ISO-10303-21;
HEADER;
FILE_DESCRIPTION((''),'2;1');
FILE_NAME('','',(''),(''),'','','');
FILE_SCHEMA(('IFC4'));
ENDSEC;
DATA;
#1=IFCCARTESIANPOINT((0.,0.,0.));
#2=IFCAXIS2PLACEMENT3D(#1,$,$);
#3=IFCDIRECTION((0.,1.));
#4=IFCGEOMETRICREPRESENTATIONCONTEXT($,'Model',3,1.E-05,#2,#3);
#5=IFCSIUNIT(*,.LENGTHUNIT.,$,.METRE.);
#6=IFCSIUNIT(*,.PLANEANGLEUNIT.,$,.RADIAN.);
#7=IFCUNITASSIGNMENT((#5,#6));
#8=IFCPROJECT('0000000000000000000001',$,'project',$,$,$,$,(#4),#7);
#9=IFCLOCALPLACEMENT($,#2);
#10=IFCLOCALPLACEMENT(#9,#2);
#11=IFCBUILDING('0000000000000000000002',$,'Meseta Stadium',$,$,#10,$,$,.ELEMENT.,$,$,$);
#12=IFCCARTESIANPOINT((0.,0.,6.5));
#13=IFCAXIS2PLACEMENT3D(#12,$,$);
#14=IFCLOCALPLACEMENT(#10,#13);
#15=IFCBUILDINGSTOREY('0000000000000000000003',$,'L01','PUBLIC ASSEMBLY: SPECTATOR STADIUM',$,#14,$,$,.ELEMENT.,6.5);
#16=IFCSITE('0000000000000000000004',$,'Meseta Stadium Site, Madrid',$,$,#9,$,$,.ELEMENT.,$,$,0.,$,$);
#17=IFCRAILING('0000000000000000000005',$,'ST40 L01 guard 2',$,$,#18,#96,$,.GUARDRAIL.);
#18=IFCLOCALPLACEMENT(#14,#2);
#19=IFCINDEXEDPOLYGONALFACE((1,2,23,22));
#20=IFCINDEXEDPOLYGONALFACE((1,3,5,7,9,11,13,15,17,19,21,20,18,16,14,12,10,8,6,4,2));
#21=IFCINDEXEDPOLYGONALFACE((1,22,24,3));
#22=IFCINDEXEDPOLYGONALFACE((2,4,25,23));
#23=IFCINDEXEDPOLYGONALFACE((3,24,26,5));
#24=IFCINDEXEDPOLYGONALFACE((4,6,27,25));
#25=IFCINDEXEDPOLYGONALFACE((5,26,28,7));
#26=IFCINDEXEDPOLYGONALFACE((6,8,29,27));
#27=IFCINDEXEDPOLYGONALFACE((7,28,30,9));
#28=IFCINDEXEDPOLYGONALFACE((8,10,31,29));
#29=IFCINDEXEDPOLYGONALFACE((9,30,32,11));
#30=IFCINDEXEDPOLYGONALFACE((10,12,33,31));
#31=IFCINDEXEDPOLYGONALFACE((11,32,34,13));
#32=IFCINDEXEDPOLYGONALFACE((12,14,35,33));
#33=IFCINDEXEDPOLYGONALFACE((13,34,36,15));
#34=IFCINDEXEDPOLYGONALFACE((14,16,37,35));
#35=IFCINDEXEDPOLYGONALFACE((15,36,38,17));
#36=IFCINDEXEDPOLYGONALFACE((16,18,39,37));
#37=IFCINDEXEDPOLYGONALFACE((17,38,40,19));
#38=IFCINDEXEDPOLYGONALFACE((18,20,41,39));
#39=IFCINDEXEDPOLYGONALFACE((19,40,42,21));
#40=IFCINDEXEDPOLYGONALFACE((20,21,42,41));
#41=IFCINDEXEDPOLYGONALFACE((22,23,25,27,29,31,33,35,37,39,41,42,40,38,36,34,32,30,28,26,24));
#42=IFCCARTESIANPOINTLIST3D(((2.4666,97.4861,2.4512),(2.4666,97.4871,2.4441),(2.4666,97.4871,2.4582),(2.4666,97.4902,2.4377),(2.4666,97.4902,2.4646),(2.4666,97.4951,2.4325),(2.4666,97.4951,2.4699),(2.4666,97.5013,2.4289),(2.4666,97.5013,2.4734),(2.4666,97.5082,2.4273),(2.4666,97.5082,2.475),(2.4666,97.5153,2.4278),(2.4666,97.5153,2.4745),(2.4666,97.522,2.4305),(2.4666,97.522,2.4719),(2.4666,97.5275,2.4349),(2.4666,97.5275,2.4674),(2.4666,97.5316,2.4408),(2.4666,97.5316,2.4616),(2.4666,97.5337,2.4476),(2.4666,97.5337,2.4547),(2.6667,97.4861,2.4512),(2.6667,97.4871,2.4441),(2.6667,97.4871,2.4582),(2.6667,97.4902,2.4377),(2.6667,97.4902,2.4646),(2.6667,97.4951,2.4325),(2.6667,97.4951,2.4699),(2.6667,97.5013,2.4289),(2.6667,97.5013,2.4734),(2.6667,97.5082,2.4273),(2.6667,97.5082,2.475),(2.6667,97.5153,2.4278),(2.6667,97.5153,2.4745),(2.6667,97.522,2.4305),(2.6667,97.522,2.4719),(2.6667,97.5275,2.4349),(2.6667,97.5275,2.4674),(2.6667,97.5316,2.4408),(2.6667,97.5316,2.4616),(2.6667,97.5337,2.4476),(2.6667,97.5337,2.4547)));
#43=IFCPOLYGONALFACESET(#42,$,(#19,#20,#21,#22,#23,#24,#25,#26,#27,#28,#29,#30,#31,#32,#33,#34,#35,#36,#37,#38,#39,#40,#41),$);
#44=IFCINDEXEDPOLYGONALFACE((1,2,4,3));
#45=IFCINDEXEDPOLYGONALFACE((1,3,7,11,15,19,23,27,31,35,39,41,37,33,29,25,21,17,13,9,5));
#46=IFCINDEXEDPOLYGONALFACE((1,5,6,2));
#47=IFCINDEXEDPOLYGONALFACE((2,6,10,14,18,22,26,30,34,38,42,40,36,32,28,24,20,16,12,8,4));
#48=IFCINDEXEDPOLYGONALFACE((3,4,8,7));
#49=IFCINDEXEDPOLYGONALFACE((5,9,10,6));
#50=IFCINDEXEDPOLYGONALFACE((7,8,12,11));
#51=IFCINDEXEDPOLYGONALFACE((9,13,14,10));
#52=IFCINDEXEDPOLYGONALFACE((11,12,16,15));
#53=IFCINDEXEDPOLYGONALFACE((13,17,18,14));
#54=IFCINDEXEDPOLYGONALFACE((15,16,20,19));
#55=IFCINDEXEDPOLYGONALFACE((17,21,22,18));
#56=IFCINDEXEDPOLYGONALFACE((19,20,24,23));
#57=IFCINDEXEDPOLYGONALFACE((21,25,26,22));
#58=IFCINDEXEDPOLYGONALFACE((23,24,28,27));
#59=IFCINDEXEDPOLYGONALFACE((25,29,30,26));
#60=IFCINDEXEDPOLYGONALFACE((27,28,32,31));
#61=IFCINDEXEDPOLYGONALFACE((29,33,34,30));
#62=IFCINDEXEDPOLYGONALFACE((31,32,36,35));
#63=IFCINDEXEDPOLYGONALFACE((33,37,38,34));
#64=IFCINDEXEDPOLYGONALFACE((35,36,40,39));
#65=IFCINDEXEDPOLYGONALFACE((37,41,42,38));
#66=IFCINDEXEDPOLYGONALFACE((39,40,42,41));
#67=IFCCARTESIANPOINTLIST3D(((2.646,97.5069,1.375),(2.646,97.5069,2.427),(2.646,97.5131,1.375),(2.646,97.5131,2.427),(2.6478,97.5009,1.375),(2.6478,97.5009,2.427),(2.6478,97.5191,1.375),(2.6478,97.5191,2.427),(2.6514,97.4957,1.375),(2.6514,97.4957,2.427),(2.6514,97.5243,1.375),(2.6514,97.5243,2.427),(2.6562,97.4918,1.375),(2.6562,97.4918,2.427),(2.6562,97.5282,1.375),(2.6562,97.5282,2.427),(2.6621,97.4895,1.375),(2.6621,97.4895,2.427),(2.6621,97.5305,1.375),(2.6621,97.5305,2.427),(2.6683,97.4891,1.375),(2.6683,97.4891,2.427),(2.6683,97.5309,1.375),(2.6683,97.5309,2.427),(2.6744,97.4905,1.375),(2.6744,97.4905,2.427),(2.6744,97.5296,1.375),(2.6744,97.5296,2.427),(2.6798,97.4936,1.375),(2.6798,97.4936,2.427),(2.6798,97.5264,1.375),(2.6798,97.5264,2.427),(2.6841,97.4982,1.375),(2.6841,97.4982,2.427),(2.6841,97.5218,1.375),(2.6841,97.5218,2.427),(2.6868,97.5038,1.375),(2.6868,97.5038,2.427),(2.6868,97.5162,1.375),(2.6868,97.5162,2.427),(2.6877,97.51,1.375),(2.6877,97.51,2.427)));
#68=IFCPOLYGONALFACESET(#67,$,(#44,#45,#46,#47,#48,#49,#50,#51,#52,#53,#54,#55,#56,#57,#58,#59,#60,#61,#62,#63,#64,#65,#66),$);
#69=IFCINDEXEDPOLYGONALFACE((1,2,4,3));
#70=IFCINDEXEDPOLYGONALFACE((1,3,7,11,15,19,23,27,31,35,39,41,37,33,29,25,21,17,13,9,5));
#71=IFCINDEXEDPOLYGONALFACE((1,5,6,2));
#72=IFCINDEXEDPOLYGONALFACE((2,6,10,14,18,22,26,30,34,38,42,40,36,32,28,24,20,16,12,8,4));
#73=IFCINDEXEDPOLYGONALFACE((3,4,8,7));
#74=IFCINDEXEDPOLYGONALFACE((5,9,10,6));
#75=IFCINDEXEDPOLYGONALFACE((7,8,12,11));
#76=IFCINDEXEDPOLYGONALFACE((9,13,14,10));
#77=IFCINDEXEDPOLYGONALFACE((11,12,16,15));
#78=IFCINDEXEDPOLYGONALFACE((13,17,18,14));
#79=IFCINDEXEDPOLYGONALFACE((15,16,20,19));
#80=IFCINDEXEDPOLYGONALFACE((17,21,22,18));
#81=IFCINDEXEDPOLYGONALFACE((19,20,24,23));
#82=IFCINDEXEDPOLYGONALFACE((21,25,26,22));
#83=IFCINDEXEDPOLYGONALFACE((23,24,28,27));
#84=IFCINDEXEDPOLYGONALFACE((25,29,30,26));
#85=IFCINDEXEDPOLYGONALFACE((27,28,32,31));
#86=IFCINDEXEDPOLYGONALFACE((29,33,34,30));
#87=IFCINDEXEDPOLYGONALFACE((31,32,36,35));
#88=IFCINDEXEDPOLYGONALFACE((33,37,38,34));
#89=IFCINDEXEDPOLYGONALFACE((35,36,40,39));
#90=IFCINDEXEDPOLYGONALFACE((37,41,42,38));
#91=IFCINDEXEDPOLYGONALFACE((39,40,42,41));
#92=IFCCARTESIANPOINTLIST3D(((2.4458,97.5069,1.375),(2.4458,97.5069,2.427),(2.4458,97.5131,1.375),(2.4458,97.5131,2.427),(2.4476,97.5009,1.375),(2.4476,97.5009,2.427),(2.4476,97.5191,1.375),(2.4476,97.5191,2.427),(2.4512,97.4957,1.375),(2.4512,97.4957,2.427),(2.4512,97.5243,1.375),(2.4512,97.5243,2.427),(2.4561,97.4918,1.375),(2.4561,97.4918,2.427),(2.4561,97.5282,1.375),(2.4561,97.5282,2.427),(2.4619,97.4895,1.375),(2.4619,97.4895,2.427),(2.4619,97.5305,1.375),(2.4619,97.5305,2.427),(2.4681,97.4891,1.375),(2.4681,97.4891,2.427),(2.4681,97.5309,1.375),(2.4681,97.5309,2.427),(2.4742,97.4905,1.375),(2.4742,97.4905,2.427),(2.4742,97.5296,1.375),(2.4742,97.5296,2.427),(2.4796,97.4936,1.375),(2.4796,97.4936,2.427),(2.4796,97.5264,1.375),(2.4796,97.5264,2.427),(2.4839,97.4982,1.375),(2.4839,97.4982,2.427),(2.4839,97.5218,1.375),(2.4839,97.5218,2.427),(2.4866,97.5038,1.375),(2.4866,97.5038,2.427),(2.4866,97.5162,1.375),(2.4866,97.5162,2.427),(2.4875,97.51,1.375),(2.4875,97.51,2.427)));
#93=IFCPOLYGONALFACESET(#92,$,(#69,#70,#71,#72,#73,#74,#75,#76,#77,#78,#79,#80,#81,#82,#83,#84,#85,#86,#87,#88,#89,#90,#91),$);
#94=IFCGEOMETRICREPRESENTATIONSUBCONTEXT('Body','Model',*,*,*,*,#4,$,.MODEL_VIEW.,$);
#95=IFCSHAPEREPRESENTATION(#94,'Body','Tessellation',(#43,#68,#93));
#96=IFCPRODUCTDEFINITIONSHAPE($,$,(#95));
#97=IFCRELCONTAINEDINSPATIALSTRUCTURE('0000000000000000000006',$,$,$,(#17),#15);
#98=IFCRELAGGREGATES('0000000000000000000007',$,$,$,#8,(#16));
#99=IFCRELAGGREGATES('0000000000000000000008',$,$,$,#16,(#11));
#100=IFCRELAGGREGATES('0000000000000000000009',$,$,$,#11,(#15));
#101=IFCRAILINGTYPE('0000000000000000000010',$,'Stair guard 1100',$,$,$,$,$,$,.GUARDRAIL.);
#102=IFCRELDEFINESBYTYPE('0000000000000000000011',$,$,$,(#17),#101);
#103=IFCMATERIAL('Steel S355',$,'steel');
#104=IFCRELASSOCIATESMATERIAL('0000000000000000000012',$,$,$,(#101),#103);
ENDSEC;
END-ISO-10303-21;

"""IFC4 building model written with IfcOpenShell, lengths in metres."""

from ifc_helpers import new_model, si_unit, direction, frame, origin, origin_2d, place, context, subcontext, project, spatial, circle, extrude, material, type_object, element, save


model = new_model("IFC4")

# Units and contexts
model_context = context("Model", 3, precision=1e-05, world=origin(), true_north=direction((0.0, 1.0)))
body_context = subcontext(model_context, "Body", "Model", "MODEL_VIEW")
ifc_project = project(units=[si_unit("LENGTHUNIT", "METRE"), si_unit("PLANEANGLEUNIT", "RADIAN")], contexts=[model_context])

# Site, building, storey
site_placement = place(None, origin())
site = spatial("IfcSite", under=ifc_project, at=site_placement, Name="Meseta Stadium Site, Madrid", CompositionType="ELEMENT", RefElevation=0.0)
building_placement = place(site_placement, origin())
building = spatial("IfcBuilding", under=site, at=building_placement, Name="Meseta Stadium", CompositionType="ELEMENT")
storey_placement = place(building_placement, frame((0.0, 0.0, 6.5)))
storey = spatial("IfcBuildingStorey", under=building, at=storey_placement, Name="L01", Description="PUBLIC ASSEMBLY: SPECTATOR STADIUM", CompositionType="ELEMENT", Elevation=6.5)

# Railing
ifc_material_1 = material(Name="Steel S355", Category="steel")
railing_type_1 = type_object("IfcRailingType", Name="Stair guard 1100", PredefinedType="GUARDRAIL", material=ifc_material_1)
railing_1_placement = place(storey_placement, frame((2.6667, 97.51, 1.375)))
element("IfcRailing", 1, at=railing_1_placement, inside=storey, type_object=railing_type_1, Name="ST40 L01 guard 2", PredefinedType="GUARDRAIL", context=body_context, shape_type="SweptSolid", body=[
    extrude(circle(Radius=0.0239, at=origin_2d()), frame((0.0, 0.0, 1.0762), z_axis=(-1.0, 0.0, 0.0), x_axis=(0.0, -1.0, 0.0)), (0.0, 0.0, 1.0), 0.2002),
    extrude(circle(Radius=0.021, at=origin_2d()), origin(), (0.0, 0.0, 1.0), 1.052),
    extrude(circle(Radius=0.021, at=origin_2d()), frame((-0.2002, 0.0, 0.0)), (0.0, 0.0, 1.0), 1.052),
])

save(model, "model.ifc")
